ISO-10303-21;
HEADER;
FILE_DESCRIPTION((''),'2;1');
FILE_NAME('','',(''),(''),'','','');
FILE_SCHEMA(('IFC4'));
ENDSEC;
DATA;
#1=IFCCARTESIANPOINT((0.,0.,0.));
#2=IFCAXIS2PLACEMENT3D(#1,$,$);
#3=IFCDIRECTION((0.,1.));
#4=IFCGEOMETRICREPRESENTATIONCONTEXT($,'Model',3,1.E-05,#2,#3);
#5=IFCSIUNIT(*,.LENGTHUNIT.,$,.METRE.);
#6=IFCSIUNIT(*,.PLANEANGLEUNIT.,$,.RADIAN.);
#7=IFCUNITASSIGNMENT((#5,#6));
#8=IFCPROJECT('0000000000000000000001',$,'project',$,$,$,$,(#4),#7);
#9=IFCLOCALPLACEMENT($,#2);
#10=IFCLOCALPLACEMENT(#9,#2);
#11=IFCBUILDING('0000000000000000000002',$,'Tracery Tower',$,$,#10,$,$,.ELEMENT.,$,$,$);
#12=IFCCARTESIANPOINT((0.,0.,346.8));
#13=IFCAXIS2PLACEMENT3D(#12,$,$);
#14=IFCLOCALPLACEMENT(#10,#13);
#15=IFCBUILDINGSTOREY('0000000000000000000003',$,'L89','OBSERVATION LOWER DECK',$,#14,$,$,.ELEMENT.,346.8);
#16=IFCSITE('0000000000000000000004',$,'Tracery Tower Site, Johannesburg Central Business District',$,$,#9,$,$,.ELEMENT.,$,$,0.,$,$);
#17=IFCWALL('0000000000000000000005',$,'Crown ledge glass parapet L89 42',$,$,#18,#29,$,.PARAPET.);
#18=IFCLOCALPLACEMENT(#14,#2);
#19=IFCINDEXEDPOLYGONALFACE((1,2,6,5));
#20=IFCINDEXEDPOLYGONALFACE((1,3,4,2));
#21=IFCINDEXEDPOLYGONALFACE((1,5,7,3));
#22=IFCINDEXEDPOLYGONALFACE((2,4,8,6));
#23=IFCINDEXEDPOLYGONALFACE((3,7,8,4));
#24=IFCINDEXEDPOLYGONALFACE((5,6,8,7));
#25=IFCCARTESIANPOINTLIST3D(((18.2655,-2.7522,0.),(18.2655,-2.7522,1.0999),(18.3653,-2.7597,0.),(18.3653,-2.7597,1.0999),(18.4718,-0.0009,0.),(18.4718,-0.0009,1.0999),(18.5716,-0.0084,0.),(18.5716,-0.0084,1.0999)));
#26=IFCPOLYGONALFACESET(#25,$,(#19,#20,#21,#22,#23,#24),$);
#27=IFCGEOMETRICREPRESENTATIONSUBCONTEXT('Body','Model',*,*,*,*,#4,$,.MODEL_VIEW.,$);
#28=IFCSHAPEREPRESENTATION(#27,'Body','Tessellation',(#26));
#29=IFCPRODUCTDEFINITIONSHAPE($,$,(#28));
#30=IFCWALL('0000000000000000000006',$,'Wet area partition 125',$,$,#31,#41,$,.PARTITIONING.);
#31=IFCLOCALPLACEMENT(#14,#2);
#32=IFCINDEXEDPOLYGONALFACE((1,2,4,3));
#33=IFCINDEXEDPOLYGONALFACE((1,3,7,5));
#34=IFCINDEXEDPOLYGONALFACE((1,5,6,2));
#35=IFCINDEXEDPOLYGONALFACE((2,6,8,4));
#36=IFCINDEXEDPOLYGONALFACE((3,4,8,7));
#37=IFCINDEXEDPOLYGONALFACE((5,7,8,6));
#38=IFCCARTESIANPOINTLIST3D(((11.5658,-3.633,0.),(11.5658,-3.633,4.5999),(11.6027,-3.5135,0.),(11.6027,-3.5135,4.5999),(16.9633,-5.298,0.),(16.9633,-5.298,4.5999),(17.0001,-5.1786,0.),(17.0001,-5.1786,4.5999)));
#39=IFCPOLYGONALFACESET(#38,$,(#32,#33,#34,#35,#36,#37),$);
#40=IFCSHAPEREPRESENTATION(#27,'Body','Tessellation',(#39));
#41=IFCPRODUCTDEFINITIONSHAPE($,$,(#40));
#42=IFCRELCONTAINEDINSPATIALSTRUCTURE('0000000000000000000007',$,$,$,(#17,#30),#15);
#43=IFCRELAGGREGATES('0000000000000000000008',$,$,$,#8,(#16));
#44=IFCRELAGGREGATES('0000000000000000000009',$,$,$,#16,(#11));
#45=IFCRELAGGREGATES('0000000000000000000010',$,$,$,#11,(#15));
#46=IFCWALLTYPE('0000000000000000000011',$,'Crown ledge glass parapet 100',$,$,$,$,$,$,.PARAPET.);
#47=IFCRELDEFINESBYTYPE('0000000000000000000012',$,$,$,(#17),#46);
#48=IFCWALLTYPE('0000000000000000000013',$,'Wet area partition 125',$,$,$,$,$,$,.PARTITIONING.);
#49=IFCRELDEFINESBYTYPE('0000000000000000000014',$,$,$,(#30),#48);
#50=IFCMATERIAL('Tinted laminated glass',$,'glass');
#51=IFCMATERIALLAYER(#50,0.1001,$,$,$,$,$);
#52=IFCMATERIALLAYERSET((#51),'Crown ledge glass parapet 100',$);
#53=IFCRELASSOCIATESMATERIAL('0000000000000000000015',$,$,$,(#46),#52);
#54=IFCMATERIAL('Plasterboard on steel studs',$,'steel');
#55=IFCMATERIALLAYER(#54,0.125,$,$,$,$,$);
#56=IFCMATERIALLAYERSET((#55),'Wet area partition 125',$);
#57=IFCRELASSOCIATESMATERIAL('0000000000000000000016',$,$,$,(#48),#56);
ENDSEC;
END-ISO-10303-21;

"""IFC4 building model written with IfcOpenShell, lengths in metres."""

from ifc_helpers import new_model, si_unit, direction, frame, frame_2d, origin, place, context, subcontext, project, spatial, rectangle, extrude, material, layer, layer_set, type_object, element, save


model = new_model("IFC4")

# Units and contexts
model_context = context("Model", 3, precision=1e-05, world=origin(), true_north=direction((0.0, 1.0)))
body_context = subcontext(model_context, "Body", "Model", "MODEL_VIEW")
ifc_project = project(units=[si_unit("LENGTHUNIT", "METRE"), si_unit("PLANEANGLEUNIT", "RADIAN")], contexts=[model_context])

# Site, building, storey
site_placement = place(None, origin())
site = spatial("IfcSite", under=ifc_project, at=site_placement, Name="Tracery Tower Site, Johannesburg Central Business District", CompositionType="ELEMENT", RefElevation=0.0)
building_placement = place(site_placement, origin())
building = spatial("IfcBuilding", under=site, at=building_placement, Name="Tracery Tower", CompositionType="ELEMENT")
storey_placement = place(building_placement, frame((0.0, 0.0, 346.8)))
storey = spatial("IfcBuildingStorey", under=building, at=storey_placement, Name="L89", Description="OBSERVATION LOWER DECK", CompositionType="ELEMENT", Elevation=346.8)

# Walls
ifc_material_1 = material(Name="Tinted laminated glass", Category="glass")
ifc_layer_1 = layer(ifc_material_1, 0.1001)
ifc_layer_set_1 = layer_set([ifc_layer_1], Name="Crown ledge glass parapet 100")
wall_type_1 = type_object("IfcWallType", Name="Crown ledge glass parapet 100", PredefinedType="PARAPET", material=ifc_layer_set_1)
wall_1_placement = place(storey_placement, frame((18.3154, -2.7559, 0.0), z_axis=(0.0, 0.0, 1.0), x_axis=(0.074775, 0.9972, 0.0)))
element("IfcWall", 1, at=wall_1_placement, inside=storey, type_object=wall_type_1, Name="Crown ledge glass parapet L89 42", PredefinedType="PARAPET", context=body_context, shape_type="SweptSolid", body=[
    extrude(rectangle(XDim=2.759, YDim=0.1001, at=frame_2d((1.3794, 0.0))), origin(), (0.0, 0.0, 1.0), 1.0999),
])
ifc_material_2 = material(Name="Plasterboard on steel studs", Category="steel")
ifc_layer_2 = layer(ifc_material_2, 0.125)
ifc_layer_set_2 = layer_set([ifc_layer_2], Name="Wet area partition 125")
wall_type_2 = type_object("IfcWallType", Name="Wet area partition 125", PredefinedType="PARTITIONING", material=ifc_layer_set_2)
wall_2_placement = place(storey_placement, frame((16.9817, -5.2383, 0.0), z_axis=(0.0, 0.0, 1.0), x_axis=(-0.955566, 0.294778, 0.0)))
element("IfcWall", 2, at=wall_2_placement, inside=storey, type_object=wall_type_2, Name="Wet area partition 125", PredefinedType="PARTITIONING", context=body_context, shape_type="SweptSolid", body=[
    extrude(rectangle(XDim=5.6484, YDim=0.125, at=frame_2d((2.8242, 0.0))), origin(), (0.0, 0.0, 1.0), 4.5999),
])

save(model, "model.ifc")
